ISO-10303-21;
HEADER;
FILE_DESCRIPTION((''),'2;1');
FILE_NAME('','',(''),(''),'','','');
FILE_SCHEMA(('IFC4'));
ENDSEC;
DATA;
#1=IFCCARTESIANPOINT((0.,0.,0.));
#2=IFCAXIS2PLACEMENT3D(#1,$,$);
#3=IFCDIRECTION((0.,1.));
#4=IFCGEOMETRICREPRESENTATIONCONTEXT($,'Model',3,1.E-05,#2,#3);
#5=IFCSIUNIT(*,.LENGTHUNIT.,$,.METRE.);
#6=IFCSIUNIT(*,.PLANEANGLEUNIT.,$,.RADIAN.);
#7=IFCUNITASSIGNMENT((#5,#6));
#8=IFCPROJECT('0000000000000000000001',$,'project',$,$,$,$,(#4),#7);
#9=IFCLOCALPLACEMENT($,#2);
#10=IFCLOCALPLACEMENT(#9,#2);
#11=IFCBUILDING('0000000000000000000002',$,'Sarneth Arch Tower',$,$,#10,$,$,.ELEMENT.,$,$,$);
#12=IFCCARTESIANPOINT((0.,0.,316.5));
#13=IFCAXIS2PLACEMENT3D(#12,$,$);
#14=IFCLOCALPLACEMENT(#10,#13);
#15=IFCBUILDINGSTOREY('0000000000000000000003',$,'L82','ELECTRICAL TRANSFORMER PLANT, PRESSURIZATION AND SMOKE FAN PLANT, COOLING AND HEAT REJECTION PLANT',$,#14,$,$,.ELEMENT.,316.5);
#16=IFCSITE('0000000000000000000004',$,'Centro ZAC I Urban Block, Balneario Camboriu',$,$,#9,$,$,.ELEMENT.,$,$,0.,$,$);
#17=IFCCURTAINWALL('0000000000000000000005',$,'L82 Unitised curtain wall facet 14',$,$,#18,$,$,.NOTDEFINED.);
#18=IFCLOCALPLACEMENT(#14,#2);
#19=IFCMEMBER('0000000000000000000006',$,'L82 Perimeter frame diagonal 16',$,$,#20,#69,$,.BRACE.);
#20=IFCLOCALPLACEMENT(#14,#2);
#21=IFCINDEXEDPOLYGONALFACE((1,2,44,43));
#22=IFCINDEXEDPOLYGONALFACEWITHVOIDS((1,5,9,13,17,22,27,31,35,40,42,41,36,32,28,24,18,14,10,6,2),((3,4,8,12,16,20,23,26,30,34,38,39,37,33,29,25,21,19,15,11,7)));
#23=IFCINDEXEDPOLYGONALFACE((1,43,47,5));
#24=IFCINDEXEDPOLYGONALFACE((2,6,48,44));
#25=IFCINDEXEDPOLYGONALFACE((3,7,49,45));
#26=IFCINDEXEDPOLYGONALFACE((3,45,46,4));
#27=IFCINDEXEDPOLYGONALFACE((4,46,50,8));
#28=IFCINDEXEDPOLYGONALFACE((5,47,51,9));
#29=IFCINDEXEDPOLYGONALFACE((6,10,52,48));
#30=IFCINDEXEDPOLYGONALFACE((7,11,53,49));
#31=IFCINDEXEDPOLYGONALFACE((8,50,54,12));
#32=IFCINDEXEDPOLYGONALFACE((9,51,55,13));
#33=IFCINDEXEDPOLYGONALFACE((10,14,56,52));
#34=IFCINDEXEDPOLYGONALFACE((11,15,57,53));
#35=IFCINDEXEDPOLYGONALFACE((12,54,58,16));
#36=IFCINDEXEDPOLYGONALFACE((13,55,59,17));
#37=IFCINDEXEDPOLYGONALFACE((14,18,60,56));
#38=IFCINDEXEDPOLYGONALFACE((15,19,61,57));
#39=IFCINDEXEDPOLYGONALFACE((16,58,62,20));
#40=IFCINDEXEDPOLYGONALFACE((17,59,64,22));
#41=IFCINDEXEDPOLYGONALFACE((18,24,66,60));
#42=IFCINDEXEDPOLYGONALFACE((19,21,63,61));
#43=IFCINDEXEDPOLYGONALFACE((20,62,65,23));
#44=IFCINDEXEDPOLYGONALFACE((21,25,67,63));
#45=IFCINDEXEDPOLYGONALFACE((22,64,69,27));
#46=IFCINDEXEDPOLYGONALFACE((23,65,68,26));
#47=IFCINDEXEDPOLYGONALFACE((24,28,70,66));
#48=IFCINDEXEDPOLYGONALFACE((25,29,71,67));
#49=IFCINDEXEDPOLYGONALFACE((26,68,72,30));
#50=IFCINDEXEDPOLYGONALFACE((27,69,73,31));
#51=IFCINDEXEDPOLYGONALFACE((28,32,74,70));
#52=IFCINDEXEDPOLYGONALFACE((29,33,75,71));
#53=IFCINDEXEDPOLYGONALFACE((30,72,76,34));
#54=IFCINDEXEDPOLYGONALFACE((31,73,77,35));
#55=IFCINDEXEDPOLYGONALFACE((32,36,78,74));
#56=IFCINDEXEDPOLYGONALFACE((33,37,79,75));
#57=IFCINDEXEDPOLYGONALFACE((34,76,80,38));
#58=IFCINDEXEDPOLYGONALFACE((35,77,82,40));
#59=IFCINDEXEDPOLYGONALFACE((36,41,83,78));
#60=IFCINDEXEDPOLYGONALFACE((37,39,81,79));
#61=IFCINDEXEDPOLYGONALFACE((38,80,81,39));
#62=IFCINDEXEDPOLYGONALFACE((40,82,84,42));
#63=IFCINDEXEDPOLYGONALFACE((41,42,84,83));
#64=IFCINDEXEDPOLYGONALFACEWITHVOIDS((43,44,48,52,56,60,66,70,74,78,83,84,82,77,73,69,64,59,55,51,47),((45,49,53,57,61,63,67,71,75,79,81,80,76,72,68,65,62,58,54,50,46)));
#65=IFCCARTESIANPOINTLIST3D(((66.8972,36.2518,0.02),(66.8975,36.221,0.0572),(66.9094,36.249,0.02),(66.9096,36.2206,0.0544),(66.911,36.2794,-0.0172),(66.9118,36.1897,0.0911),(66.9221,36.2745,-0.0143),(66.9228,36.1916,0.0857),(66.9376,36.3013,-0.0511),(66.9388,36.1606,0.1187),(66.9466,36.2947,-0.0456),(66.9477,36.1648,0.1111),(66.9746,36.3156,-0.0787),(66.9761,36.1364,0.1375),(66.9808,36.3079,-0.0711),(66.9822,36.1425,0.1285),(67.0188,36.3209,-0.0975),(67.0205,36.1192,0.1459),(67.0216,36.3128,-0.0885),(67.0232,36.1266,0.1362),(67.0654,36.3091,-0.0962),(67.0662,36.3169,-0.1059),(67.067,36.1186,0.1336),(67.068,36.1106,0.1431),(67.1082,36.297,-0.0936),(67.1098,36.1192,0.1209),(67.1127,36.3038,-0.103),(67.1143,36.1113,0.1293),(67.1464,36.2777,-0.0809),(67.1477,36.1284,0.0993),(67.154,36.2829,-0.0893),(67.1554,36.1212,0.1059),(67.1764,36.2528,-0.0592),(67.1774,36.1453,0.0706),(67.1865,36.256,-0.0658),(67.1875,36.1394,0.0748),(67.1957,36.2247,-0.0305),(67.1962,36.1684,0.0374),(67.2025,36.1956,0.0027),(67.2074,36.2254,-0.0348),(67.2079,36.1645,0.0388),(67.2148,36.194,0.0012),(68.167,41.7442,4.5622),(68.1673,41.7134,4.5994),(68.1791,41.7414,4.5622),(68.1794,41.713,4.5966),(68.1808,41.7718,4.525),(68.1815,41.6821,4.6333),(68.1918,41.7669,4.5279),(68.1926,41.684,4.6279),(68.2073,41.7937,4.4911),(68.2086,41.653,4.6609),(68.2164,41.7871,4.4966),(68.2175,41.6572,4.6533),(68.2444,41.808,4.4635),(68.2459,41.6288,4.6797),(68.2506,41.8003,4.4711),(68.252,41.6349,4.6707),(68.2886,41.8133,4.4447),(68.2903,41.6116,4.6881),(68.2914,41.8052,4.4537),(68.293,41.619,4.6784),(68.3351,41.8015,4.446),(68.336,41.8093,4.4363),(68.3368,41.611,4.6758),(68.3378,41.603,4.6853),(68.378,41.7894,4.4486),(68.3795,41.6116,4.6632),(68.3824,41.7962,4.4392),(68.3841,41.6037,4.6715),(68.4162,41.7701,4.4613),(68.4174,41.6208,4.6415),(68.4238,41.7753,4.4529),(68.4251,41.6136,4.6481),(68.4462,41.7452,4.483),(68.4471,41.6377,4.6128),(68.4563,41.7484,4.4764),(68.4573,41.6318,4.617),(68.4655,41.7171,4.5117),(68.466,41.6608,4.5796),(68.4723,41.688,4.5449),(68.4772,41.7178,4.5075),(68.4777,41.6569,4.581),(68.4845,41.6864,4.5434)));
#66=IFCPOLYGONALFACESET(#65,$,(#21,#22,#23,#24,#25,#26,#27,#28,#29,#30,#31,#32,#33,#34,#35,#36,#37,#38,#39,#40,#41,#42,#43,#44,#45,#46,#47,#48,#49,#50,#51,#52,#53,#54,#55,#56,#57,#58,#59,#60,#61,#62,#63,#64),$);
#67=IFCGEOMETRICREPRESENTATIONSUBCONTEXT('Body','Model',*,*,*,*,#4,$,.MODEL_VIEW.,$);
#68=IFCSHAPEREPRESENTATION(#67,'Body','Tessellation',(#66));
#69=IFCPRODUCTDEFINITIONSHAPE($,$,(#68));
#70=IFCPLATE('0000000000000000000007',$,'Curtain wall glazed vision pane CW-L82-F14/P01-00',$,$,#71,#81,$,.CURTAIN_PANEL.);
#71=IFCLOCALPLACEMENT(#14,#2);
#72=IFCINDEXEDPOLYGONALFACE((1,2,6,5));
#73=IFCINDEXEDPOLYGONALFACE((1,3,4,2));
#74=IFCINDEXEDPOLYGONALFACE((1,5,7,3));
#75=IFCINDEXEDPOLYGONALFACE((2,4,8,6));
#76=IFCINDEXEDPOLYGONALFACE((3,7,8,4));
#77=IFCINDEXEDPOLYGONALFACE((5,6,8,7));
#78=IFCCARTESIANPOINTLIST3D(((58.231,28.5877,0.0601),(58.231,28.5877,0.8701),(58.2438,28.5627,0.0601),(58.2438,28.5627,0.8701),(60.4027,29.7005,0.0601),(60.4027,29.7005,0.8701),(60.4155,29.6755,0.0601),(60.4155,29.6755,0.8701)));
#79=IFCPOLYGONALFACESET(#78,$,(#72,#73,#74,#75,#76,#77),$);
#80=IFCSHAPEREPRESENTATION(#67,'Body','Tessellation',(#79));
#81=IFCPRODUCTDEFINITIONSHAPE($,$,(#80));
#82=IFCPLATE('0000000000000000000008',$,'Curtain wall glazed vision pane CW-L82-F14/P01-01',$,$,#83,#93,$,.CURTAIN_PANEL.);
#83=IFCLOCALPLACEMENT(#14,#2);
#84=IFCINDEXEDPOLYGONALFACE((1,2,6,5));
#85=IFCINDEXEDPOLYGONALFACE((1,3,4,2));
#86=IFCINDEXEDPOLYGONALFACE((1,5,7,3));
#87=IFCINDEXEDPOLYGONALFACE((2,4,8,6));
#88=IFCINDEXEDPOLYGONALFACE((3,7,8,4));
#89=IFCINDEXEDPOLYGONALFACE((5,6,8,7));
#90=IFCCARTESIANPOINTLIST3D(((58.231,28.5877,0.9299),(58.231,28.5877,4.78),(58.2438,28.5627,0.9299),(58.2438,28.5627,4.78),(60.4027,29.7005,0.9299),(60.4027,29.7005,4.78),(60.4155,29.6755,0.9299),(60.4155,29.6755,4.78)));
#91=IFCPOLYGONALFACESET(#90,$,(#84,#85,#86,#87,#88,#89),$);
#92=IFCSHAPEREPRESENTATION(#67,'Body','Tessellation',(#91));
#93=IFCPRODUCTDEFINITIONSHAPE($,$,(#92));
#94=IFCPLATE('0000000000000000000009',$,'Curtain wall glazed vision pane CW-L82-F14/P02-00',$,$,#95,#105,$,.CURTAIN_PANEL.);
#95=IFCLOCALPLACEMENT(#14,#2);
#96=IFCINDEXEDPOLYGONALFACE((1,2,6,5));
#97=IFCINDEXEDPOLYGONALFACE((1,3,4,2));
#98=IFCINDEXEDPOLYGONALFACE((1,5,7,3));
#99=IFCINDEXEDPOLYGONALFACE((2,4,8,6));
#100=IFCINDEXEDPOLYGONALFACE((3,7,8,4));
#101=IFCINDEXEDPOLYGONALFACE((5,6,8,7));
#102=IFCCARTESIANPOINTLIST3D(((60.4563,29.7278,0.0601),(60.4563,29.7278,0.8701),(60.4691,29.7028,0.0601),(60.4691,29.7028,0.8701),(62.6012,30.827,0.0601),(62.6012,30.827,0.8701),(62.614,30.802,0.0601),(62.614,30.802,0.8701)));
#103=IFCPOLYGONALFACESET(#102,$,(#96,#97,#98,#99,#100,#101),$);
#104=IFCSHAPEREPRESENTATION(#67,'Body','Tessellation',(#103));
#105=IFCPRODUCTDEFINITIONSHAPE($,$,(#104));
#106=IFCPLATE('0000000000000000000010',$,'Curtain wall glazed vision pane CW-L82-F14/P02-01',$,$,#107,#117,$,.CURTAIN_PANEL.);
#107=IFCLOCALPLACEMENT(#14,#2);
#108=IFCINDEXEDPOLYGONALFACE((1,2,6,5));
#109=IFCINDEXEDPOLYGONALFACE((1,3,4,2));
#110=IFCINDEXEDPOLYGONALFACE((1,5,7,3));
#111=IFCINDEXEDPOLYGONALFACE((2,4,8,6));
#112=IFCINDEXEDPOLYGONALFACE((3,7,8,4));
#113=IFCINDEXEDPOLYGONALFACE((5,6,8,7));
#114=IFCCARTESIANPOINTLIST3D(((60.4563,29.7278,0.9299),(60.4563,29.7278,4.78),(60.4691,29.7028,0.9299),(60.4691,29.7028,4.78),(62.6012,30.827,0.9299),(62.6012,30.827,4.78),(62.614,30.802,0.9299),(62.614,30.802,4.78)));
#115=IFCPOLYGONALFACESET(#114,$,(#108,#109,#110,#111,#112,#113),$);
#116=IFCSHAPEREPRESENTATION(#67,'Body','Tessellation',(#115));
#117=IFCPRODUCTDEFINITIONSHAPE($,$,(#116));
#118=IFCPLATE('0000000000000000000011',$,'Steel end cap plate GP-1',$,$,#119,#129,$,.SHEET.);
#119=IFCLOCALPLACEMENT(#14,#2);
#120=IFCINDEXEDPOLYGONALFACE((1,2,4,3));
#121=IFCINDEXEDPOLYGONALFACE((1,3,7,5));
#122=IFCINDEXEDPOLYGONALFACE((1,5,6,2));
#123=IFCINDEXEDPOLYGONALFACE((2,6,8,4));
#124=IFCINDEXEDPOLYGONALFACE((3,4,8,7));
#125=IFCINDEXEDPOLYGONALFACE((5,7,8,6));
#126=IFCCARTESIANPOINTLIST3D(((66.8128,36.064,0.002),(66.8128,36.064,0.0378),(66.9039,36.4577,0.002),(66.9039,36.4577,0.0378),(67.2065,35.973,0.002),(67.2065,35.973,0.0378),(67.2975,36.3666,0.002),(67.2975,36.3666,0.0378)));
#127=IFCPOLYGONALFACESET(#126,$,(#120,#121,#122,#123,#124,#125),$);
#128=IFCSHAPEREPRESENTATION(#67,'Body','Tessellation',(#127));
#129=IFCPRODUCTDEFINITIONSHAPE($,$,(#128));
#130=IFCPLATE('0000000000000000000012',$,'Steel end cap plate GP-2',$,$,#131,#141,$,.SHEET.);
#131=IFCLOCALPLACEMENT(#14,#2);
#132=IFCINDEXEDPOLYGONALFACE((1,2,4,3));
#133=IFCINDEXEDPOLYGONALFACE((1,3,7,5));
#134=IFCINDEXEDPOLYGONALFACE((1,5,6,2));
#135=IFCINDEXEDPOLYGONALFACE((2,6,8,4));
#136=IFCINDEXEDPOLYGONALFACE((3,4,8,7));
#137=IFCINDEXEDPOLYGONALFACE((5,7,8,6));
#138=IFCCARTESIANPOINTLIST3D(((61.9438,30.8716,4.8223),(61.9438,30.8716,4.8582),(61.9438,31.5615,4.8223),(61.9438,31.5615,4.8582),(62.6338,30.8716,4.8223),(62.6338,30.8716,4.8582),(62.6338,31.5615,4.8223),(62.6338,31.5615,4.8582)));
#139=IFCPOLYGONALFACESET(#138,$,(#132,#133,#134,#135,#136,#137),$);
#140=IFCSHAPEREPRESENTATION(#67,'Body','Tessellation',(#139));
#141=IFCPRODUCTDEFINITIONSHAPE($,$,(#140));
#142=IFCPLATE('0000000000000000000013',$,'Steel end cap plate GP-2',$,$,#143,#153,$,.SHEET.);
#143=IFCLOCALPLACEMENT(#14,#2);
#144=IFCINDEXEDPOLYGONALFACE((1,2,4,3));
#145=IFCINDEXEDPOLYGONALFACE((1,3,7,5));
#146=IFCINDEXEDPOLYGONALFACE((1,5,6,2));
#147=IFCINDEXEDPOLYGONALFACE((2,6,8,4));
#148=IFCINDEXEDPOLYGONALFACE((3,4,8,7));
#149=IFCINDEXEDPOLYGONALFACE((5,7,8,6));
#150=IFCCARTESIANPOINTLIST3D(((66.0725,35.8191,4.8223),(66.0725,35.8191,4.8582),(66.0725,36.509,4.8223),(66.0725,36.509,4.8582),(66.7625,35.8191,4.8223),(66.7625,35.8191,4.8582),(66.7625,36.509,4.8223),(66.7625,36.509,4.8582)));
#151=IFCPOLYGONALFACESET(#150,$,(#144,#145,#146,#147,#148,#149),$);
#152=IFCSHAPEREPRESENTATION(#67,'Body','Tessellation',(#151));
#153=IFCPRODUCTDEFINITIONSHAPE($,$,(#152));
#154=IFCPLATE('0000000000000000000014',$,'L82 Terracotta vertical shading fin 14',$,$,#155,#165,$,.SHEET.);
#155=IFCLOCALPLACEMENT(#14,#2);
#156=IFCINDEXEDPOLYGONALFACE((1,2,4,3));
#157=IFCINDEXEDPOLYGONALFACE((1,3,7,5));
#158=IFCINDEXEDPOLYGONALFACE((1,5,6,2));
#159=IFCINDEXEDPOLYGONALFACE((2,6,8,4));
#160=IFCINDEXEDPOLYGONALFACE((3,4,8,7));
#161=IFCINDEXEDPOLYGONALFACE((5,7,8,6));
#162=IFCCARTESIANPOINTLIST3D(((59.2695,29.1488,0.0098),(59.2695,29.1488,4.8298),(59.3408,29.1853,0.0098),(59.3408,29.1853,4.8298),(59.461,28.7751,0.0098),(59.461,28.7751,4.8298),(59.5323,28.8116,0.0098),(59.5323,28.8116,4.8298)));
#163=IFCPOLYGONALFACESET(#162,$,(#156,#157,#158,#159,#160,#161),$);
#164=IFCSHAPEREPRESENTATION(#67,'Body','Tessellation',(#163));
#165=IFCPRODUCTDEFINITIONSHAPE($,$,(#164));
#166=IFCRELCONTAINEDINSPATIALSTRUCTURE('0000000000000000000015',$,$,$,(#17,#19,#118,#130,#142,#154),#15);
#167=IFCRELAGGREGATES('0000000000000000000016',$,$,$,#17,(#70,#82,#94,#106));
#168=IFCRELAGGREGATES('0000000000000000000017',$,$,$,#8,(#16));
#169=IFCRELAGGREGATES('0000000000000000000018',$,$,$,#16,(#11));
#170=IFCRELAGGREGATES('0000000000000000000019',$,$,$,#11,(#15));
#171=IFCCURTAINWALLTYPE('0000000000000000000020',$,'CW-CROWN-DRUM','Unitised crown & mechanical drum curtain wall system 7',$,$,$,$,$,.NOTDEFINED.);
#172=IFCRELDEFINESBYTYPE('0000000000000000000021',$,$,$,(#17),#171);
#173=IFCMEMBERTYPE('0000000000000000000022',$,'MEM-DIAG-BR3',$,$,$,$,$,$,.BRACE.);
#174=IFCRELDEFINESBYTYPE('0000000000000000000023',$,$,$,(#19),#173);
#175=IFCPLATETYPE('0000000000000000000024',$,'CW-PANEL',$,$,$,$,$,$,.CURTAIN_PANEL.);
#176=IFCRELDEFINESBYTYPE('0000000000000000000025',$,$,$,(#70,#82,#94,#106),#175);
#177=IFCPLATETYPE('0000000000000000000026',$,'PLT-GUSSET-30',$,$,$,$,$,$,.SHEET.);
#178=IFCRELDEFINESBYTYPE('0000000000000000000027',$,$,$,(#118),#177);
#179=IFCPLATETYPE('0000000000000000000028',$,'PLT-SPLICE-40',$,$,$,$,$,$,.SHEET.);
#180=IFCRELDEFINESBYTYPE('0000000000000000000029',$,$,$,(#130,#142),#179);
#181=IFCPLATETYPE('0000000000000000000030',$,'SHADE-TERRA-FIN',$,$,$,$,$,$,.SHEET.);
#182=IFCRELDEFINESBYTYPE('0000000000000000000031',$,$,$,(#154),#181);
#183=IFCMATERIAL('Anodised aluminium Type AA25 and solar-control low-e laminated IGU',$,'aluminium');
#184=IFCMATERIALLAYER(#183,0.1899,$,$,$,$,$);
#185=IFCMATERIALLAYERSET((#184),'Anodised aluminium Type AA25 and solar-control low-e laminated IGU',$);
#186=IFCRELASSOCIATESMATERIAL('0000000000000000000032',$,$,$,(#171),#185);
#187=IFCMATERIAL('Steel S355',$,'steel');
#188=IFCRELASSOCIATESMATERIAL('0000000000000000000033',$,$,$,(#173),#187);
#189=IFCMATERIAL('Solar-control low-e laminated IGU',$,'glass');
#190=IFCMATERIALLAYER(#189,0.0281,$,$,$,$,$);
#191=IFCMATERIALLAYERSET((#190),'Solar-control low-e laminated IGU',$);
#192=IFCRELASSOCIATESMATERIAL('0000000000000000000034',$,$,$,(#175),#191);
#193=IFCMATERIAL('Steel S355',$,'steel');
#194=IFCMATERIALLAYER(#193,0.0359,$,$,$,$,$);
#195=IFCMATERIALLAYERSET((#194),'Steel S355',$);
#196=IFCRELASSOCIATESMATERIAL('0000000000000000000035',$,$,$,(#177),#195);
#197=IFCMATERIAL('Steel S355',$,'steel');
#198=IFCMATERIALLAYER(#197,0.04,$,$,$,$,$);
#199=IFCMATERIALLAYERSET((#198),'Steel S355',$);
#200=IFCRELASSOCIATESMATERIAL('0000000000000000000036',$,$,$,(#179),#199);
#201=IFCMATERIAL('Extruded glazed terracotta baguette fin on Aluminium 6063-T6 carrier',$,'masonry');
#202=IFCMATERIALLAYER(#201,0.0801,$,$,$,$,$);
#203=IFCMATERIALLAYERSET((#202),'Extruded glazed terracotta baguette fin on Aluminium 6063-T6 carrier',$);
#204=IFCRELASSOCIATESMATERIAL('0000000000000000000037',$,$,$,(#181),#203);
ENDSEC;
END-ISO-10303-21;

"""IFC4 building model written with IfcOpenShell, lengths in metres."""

from ifc_helpers import new_model, si_unit, direction, frame, origin, origin_2d, place, context, subcontext, project, spatial, rectangle, hollow_circle, extrude, material, layer, layer_set, material_profile, profile_set, type_object, element, aggregate, save


model = new_model("IFC4")

# Units and contexts
model_context = context("Model", 3, precision=1e-05, world=origin(), true_north=direction((0.0, 1.0)))
body_context = subcontext(model_context, "Body", "Model", "MODEL_VIEW")
ifc_project = project(units=[si_unit("LENGTHUNIT", "METRE"), si_unit("PLANEANGLEUNIT", "RADIAN")], contexts=[model_context])

# Site, building, storey
site_placement = place(None, origin())
site = spatial("IfcSite", under=ifc_project, at=site_placement, Name="Centro ZAC I Urban Block, Balneario Camboriu", CompositionType="ELEMENT", RefElevation=0.0)
building_placement = place(site_placement, origin())
building = spatial("IfcBuilding", under=site, at=building_placement, Name="Sarneth Arch Tower", CompositionType="ELEMENT")
storey_placement = place(building_placement, frame((0.0, 0.0, 316.5)))
storey = spatial("IfcBuildingStorey", under=building, at=storey_placement, Name="L82", Description="ELECTRICAL TRANSFORMER PLANT, PRESSURIZATION AND SMOKE FAN PLANT, COOLING AND HEAT REJECTION PLANT", CompositionType="ELEMENT", Elevation=316.5)

# Curtain wall
ifc_material_1 = material(Name="Anodised aluminium Type AA25 and solar-control low-e laminated IGU", Category="aluminium")
ifc_layer_1 = layer(ifc_material_1, 0.1899)
ifc_layer_set_1 = layer_set([ifc_layer_1], Name="Anodised aluminium Type AA25 and solar-control low-e laminated IGU")
curtain_wall_type = type_object("IfcCurtainWallType", Name="CW-CROWN-DRUM", Description="Unitised crown & mechanical drum curtain wall system 7", PredefinedType="NOTDEFINED", material=ifc_layer_set_1)
curtain_wall_placement = place(storey_placement, origin())
curtain_wall = element("IfcCurtainWall", 1, at=curtain_wall_placement, inside=storey, type_object=curtain_wall_type, Name="L82 Unitised curtain wall facet 14", PredefinedType="NOTDEFINED")

# Member
ifc_material_2 = material(Name="Steel S355", Category="steel")
ifc_material_profile_1 = material_profile(ifc_material_2, hollow_circle(Radius=0.1621, WallThickness=0.0125, at=origin_2d()), Name="CHS324x12.5")
ifc_profile_set_1 = profile_set([ifc_material_profile_1], Name="Steel S355")
member_type_1 = type_object("IfcMemberType", Name="MEM-DIAG-BR3", PredefinedType="BRACE", material=ifc_profile_set_1)
member_1_placement = place(storey_placement, frame((67.0552, 36.2153, 0.02), z_axis=(0.175394, 0.758671, 0.62742), x_axis=(-0.974302, 0.225245, 0.0)))
element("IfcMember", 2, at=member_1_placement, inside=storey, type_object=member_type_1, Name="L82 Perimeter frame diagonal 16", PredefinedType="BRACE", context=body_context, shape_type="SweptSolid", body=[
    extrude(hollow_circle(Radius=0.1621, WallThickness=0.0125, at=origin_2d()), origin(), (0.0, 0.0, 1.0), 7.2395),
])

# Plates
ifc_material_3 = material(Name="Solar-control low-e laminated IGU", Category="glass")
ifc_layer_2 = layer(ifc_material_3, 0.0281)
ifc_layer_set_2 = layer_set([ifc_layer_2], Name="Solar-control low-e laminated IGU")
plate_type_1 = type_object("IfcPlateType", Name="CW-PANEL", PredefinedType="CURTAIN_PANEL", material=ifc_layer_set_2)
plate_1_placement = place(storey_placement, frame((59.3232, 29.1316, 0.0601), z_axis=(0.0, 0.0, 1.0), x_axis=(0.889959, 0.45604, 0.0)))
plate_1 = element("IfcPlate", 3, at=plate_1_placement, type_object=plate_type_1, Name="Curtain wall glazed vision pane CW-L82-F14/P01-00", PredefinedType="CURTAIN_PANEL", context=body_context, shape_type="SweptSolid", body=[
    extrude(rectangle(XDim=2.4402, YDim=0.0281, at=origin_2d()), origin(), (0.0, 0.0, 1.0), 0.8101),
])
plate_2_placement = place(storey_placement, frame((59.3232, 29.1316, 0.9299), z_axis=(0.0, 0.0, 1.0), x_axis=(0.889959, 0.45604, 0.0)))
plate_2 = element("IfcPlate", 4, at=plate_2_placement, type_object=plate_type_1, Name="Curtain wall glazed vision pane CW-L82-F14/P01-01", PredefinedType="CURTAIN_PANEL", context=body_context, shape_type="SweptSolid", body=[
    extrude(rectangle(XDim=2.4402, YDim=0.0281, at=origin_2d()), origin(), (0.0, 0.0, 1.0), 3.8501),
])
plate_3_placement = place(storey_placement, frame((61.5352, 30.2649, 0.0601), z_axis=(0.0, 0.0, 1.0), x_axis=(0.889959, 0.45604, 0.0)))
plate_3 = element("IfcPlate", 5, at=plate_3_placement, type_object=plate_type_1, Name="Curtain wall glazed vision pane CW-L82-F14/P02-00", PredefinedType="CURTAIN_PANEL", context=body_context, shape_type="SweptSolid", body=[
    extrude(rectangle(XDim=2.4102, YDim=0.0281, at=origin_2d()), origin(), (0.0, 0.0, 1.0), 0.8101),
])
plate_4_placement = place(storey_placement, frame((61.5352, 30.2649, 0.9299), z_axis=(0.0, 0.0, 1.0), x_axis=(0.889959, 0.45604, 0.0)))
plate_4 = element("IfcPlate", 6, at=plate_4_placement, type_object=plate_type_1, Name="Curtain wall glazed vision pane CW-L82-F14/P02-01", PredefinedType="CURTAIN_PANEL", context=body_context, shape_type="SweptSolid", body=[
    extrude(rectangle(XDim=2.4102, YDim=0.0281, at=origin_2d()), origin(), (0.0, 0.0, 1.0), 3.8501),
])
aggregate(curtain_wall, [plate_1, plate_2, plate_3, plate_4])

# Plates
ifc_material_4 = material(Name="Steel S355", Category="steel")
ifc_layer_3 = layer(ifc_material_4, 0.0359)
ifc_layer_set_3 = layer_set([ifc_layer_3], Name="Steel S355")
plate_type_2 = type_object("IfcPlateType", Name="PLT-GUSSET-30", PredefinedType="SHEET", material=ifc_layer_set_3)
plate_5_placement = place(storey_placement, frame((67.0552, 36.2153, 0.002), z_axis=(0.0, 0.0, 1.0), x_axis=(0.225291, 0.974291, 0.0)))
element("IfcPlate", 7, at=plate_5_placement, inside=storey, type_object=plate_type_2, Name="Steel end cap plate GP-1", PredefinedType="SHEET", context=body_context, shape_type="SweptSolid", body=[
    extrude(rectangle(XDim=0.4041, YDim=0.4041, at=origin_2d()), origin(), (0.0, 0.0, 1.0), 0.0359),
])
ifc_material_5 = material(Name="Steel S355", Category="steel")
ifc_layer_4 = layer(ifc_material_5, 0.04)
ifc_layer_set_4 = layer_set([ifc_layer_4], Name="Steel S355")
plate_type_3 = type_object("IfcPlateType", Name="PLT-SPLICE-40", PredefinedType="SHEET", material=ifc_layer_set_4)
for number, where, z_axis, x_axis, name in (
    (8, (62.2888, 31.2166, 4.8223), (0.0, 0.0, 1.0), (1.0, 0.0, 0.0), "Steel end cap plate GP-2"),
    (9, (66.4175, 36.1641, 4.8223), (0.0, 0.0, 1.0), (1.0, 0.0, 0.0), "Steel end cap plate GP-2"),
):
    element("IfcPlate", number, at=place(storey_placement, frame(where, z_axis=z_axis, x_axis=x_axis)), inside=storey, type_object=plate_type_3, Name=name, PredefinedType="SHEET", context=body_context, shape_type="SweptSolid", body=[
        extrude(rectangle(XDim=0.6899, YDim=0.6899, at=origin_2d()), origin(), (0.0, 0.0, 1.0), 0.0359),
    ])
ifc_material_6 = material(Name="Extruded glazed terracotta baguette fin on Aluminium 6063-T6 carrier", Category="masonry")
ifc_layer_5 = layer(ifc_material_6, 0.0801)
ifc_layer_set_5 = layer_set([ifc_layer_5], Name="Extruded glazed terracotta baguette fin on Aluminium 6063-T6 carrier")
plate_type_4 = type_object("IfcPlateType", Name="SHADE-TERRA-FIN", PredefinedType="SHEET", material=ifc_layer_set_5)
plate_6_placement = place(storey_placement, frame((59.4009, 28.9802, 0.0098), z_axis=(0.0, 0.0, 1.0), x_axis=(0.456011, -0.889974, 0.0)))
element("IfcPlate", 10, at=plate_6_placement, inside=storey, type_object=plate_type_4, Name="L82 Terracotta vertical shading fin 14", PredefinedType="SHEET", context=body_context, shape_type="SweptSolid", body=[
    extrude(rectangle(XDim=0.4199, YDim=0.0801, at=origin_2d()), origin(), (0.0, 0.0, 1.0), 4.8201),
])

save(model, "model.ifc")
